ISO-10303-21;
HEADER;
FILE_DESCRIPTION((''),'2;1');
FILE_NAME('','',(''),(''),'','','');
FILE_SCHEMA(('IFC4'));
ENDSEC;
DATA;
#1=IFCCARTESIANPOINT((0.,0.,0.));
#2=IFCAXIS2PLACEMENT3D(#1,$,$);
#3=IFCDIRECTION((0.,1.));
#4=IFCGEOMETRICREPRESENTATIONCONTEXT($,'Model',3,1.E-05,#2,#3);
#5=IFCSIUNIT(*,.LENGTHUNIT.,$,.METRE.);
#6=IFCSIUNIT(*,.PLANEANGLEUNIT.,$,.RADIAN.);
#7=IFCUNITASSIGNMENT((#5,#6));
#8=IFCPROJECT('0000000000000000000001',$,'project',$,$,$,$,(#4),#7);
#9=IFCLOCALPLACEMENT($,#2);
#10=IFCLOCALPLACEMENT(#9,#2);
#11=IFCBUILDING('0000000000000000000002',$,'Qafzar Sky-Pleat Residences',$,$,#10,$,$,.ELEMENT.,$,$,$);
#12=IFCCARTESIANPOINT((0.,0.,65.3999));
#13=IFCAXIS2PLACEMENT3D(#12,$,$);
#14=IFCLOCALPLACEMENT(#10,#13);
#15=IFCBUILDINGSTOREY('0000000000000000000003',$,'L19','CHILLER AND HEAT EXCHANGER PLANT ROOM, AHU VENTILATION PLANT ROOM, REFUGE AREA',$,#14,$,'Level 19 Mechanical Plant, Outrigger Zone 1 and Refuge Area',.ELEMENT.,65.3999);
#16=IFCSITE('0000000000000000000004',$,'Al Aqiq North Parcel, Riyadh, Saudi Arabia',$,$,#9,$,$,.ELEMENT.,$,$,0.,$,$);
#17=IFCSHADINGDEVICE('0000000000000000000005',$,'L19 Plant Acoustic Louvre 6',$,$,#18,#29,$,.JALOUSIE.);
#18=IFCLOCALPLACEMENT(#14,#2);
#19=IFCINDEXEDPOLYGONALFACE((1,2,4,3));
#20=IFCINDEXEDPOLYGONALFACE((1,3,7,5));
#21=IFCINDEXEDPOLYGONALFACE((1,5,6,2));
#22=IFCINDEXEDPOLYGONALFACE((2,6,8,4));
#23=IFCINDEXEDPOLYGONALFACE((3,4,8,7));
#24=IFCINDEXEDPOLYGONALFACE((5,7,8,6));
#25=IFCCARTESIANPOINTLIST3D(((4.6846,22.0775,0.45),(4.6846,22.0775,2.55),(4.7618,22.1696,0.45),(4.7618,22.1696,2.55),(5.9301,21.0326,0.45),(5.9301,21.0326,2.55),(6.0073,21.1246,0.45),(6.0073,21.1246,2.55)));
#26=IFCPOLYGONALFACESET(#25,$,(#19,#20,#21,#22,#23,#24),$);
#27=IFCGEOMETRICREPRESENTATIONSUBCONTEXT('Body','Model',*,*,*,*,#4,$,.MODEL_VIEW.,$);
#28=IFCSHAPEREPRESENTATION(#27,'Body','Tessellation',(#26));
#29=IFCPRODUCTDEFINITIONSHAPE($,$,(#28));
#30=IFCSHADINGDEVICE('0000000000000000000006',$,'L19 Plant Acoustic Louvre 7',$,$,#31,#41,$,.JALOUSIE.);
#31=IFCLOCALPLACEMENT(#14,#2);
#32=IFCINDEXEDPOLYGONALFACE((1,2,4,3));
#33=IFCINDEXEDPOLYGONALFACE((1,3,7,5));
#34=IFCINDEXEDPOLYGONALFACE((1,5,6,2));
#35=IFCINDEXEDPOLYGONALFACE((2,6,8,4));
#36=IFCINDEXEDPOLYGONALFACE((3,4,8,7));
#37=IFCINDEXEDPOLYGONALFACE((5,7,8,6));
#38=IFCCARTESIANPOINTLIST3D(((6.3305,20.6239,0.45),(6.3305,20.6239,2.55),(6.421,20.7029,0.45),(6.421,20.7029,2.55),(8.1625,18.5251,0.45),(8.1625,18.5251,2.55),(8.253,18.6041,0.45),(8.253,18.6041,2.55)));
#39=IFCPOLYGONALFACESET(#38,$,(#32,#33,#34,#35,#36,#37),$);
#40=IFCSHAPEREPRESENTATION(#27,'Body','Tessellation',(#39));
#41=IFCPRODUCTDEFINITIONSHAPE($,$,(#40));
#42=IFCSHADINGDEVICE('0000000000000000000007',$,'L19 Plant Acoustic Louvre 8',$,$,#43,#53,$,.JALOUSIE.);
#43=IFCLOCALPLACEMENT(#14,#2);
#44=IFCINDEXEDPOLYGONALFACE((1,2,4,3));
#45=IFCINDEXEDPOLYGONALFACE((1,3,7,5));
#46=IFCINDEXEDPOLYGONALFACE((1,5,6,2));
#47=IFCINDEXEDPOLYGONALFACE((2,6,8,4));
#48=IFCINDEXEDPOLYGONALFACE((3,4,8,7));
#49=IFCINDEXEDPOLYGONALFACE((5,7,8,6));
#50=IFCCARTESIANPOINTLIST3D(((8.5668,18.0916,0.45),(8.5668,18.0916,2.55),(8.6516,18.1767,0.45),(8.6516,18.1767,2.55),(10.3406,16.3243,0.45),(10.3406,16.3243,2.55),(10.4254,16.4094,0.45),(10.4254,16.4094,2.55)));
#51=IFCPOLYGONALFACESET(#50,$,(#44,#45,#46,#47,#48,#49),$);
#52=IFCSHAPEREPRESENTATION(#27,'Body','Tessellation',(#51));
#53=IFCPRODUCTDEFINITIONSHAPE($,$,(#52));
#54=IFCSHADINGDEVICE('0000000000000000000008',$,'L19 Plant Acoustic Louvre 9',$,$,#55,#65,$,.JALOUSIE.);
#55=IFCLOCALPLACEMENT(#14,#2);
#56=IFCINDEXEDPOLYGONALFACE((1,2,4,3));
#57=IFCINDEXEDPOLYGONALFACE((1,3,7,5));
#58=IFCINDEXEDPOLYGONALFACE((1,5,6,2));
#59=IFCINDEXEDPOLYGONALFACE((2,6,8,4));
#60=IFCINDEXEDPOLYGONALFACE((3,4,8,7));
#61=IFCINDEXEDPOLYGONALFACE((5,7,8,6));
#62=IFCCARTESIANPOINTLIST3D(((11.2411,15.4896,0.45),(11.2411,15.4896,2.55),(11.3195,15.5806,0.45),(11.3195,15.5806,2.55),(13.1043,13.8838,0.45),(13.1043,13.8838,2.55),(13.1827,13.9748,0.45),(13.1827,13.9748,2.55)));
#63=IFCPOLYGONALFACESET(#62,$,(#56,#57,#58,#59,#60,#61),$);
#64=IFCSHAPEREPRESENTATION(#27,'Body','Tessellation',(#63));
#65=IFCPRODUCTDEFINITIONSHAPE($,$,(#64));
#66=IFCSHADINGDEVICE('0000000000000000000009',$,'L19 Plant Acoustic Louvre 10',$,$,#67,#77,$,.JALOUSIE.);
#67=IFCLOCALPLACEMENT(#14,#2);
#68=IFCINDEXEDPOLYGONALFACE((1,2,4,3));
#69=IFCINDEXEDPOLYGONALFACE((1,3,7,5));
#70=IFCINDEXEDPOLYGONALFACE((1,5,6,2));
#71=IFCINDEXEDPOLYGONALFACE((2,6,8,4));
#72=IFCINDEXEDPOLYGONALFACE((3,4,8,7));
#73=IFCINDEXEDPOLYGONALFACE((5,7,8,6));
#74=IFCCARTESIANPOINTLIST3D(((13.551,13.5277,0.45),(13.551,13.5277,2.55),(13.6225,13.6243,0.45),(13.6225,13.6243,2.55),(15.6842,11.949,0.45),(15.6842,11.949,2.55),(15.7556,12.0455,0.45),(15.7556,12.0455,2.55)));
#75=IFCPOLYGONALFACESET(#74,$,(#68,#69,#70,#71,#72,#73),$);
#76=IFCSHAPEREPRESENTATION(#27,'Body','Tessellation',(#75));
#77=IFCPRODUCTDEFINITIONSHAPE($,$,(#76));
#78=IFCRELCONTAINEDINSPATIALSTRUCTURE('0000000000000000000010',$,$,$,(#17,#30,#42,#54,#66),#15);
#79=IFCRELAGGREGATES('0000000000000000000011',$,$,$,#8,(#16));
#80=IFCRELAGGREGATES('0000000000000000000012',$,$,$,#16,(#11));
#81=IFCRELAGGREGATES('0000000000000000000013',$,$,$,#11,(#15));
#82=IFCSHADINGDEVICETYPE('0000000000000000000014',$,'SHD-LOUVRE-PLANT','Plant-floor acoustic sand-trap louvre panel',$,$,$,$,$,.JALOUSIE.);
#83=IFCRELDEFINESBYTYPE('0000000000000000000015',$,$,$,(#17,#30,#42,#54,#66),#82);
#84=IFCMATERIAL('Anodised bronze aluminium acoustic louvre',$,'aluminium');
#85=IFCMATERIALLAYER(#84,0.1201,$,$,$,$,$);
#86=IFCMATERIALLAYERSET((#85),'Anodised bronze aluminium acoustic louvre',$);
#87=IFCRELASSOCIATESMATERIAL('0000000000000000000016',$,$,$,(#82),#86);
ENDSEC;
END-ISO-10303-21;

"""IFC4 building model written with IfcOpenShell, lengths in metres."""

from ifc_helpers import new_model, si_unit, direction, frame, origin, origin_2d, place, context, subcontext, project, spatial, rectangle, extrude, source, transform, mapped, material, layer, layer_set, type_object, element, save


model = new_model("IFC4")

# Units and contexts
model_context = context("Model", 3, precision=1e-05, world=origin(), true_north=direction((0.0, 1.0)))
body_context = subcontext(model_context, "Body", "Model", "MODEL_VIEW")
ifc_project = project(units=[si_unit("LENGTHUNIT", "METRE"), si_unit("PLANEANGLEUNIT", "RADIAN")], contexts=[model_context])

# Site, building, storey
site_placement = place(None, origin())
site = spatial("IfcSite", under=ifc_project, at=site_placement, Name="Al Aqiq North Parcel, Riyadh, Saudi Arabia", CompositionType="ELEMENT", RefElevation=0.0)
building_placement = place(site_placement, origin())
building = spatial("IfcBuilding", under=site, at=building_placement, Name="Qafzar Sky-Pleat Residences", CompositionType="ELEMENT")
storey_placement = place(building_placement, frame((0.0, 0.0, 65.3999)))
storey = spatial("IfcBuildingStorey", under=building, at=storey_placement, Name="L19", Description="CHILLER AND HEAT EXCHANGER PLANT ROOM, AHU VENTILATION PLANT ROOM, REFUGE AREA", LongName="Level 19 Mechanical Plant, Outrigger Zone 1 and Refuge Area", CompositionType="ELEMENT", Elevation=65.3999)

# Shading devices
ifc_material_1 = material(Name="Anodised bronze aluminium acoustic louvre", Category="aluminium")
ifc_layer_1 = layer(ifc_material_1, 0.1201)
ifc_layer_set_1 = layer_set([ifc_layer_1], Name="Anodised bronze aluminium acoustic louvre")
shading_device_type = type_object("IfcShadingDeviceType", Name="SHD-LOUVRE-PLANT", Description="Plant-floor acoustic sand-trap louvre panel", PredefinedType="JALOUSIE", material=ifc_layer_set_1)
shared_shape_1 = source(origin(), body_context, "Body", "SweptSolid", [
    extrude(rectangle(XDim=1.6257, YDim=0.1201, at=origin_2d()), origin(), (0.0, 0.0, 1.0), 2.1001),
])
shading_device_1_placement = place(storey_placement, frame((5.3459, 21.6011, 0.45), z_axis=(0.0, 0.0, 1.0), x_axis=(0.766067, -0.64276, 0.0)))
element("IfcShadingDevice", 1, at=shading_device_1_placement, inside=storey, type_object=shading_device_type, Name="L19 Plant Acoustic Louvre 6", PredefinedType="JALOUSIE", context=body_context, shape_type="MappedRepresentation", body=[
    mapped(shared_shape_1, transform((0.0, 0.0, 0.0), x_axis=(1.0, 0.0, 0.0), y_axis=(0.0, 1.0, 0.0), z_axis=(0.0, 0.0, 1.0), scale=1.0)),
])
shared_shape_2 = source(origin(), body_context, "Body", "SweptSolid", [
    extrude(rectangle(XDim=2.7859, YDim=0.1201, at=origin_2d()), origin(), (0.0, 0.0, 1.0), 2.1001),
])
shading_device_2_placement = place(storey_placement, frame((7.2917, 19.614, 0.45), z_axis=(0.0, 0.0, 1.0), x_axis=(0.657614, -0.753355, 0.0)))
element("IfcShadingDevice", 2, at=shading_device_2_placement, inside=storey, type_object=shading_device_type, Name="L19 Plant Acoustic Louvre 7", PredefinedType="JALOUSIE", context=body_context, shape_type="MappedRepresentation", body=[
    mapped(shared_shape_2, transform((0.0, 0.0, 0.0), x_axis=(1.0, 0.0, 0.0), y_axis=(0.0, 1.0, 0.0), z_axis=(0.0, 0.0, 1.0), scale=1.0)),
])
shared_shape_3 = source(origin(), body_context, "Body", "SweptSolid", [
    extrude(rectangle(XDim=2.5039, YDim=0.1201, at=origin_2d()), origin(), (0.0, 0.0, 1.0), 2.1001),
])
shading_device_3_placement = place(storey_placement, frame((9.4961, 17.2505, 0.45), z_axis=(0.0, 0.0, 1.0), x_axis=(0.7084, -0.705812, 0.0)))
element("IfcShadingDevice", 3, at=shading_device_3_placement, inside=storey, type_object=shading_device_type, Name="L19 Plant Acoustic Louvre 8", PredefinedType="JALOUSIE", context=body_context, shape_type="MappedRepresentation", body=[
    mapped(shared_shape_3, transform((0.0, 0.0, 0.0), x_axis=(1.0, 0.0, 0.0), y_axis=(0.0, 1.0, 0.0), z_axis=(0.0, 0.0, 1.0), scale=1.0)),
])
shared_shape_4 = source(origin(), body_context, "Body", "SweptSolid", [
    extrude(rectangle(XDim=2.4597, YDim=0.1201, at=origin_2d()), origin(), (0.0, 0.0, 1.0), 2.1001),
])
shading_device_4_placement = place(storey_placement, frame((12.2119, 14.7322, 0.45), z_axis=(0.0, 0.0, 1.0), x_axis=(0.757486, -0.652851, 0.0)))
element("IfcShadingDevice", 4, at=shading_device_4_placement, inside=storey, type_object=shading_device_type, Name="L19 Plant Acoustic Louvre 9", PredefinedType="JALOUSIE", context=body_context, shape_type="MappedRepresentation", body=[
    mapped(shared_shape_4, transform((0.0, 0.0, 0.0), x_axis=(1.0, 0.0, 0.0), y_axis=(0.0, 1.0, 0.0), z_axis=(0.0, 0.0, 1.0), scale=1.0)),
])
shared_shape_5 = source(origin(), body_context, "Body", "SweptSolid", [
    extrude(rectangle(XDim=2.6538, YDim=0.1201, at=origin_2d()), origin(), (0.0, 0.0, 1.0), 2.1001),
])
shading_device_5_placement = place(storey_placement, frame((14.6533, 12.7866, 0.45), z_axis=(0.0, 0.0, 1.0), x_axis=(0.803808, -0.594889, 0.0)))
element("IfcShadingDevice", 5, at=shading_device_5_placement, inside=storey, type_object=shading_device_type, Name="L19 Plant Acoustic Louvre 10", PredefinedType="JALOUSIE", context=body_context, shape_type="MappedRepresentation", body=[
    mapped(shared_shape_5, transform((0.0, 0.0, 0.0), x_axis=(1.0, 0.0, 0.0), y_axis=(0.0, 1.0, 0.0), z_axis=(0.0, 0.0, 1.0), scale=1.0)),
])

save(model, "model.ifc")
